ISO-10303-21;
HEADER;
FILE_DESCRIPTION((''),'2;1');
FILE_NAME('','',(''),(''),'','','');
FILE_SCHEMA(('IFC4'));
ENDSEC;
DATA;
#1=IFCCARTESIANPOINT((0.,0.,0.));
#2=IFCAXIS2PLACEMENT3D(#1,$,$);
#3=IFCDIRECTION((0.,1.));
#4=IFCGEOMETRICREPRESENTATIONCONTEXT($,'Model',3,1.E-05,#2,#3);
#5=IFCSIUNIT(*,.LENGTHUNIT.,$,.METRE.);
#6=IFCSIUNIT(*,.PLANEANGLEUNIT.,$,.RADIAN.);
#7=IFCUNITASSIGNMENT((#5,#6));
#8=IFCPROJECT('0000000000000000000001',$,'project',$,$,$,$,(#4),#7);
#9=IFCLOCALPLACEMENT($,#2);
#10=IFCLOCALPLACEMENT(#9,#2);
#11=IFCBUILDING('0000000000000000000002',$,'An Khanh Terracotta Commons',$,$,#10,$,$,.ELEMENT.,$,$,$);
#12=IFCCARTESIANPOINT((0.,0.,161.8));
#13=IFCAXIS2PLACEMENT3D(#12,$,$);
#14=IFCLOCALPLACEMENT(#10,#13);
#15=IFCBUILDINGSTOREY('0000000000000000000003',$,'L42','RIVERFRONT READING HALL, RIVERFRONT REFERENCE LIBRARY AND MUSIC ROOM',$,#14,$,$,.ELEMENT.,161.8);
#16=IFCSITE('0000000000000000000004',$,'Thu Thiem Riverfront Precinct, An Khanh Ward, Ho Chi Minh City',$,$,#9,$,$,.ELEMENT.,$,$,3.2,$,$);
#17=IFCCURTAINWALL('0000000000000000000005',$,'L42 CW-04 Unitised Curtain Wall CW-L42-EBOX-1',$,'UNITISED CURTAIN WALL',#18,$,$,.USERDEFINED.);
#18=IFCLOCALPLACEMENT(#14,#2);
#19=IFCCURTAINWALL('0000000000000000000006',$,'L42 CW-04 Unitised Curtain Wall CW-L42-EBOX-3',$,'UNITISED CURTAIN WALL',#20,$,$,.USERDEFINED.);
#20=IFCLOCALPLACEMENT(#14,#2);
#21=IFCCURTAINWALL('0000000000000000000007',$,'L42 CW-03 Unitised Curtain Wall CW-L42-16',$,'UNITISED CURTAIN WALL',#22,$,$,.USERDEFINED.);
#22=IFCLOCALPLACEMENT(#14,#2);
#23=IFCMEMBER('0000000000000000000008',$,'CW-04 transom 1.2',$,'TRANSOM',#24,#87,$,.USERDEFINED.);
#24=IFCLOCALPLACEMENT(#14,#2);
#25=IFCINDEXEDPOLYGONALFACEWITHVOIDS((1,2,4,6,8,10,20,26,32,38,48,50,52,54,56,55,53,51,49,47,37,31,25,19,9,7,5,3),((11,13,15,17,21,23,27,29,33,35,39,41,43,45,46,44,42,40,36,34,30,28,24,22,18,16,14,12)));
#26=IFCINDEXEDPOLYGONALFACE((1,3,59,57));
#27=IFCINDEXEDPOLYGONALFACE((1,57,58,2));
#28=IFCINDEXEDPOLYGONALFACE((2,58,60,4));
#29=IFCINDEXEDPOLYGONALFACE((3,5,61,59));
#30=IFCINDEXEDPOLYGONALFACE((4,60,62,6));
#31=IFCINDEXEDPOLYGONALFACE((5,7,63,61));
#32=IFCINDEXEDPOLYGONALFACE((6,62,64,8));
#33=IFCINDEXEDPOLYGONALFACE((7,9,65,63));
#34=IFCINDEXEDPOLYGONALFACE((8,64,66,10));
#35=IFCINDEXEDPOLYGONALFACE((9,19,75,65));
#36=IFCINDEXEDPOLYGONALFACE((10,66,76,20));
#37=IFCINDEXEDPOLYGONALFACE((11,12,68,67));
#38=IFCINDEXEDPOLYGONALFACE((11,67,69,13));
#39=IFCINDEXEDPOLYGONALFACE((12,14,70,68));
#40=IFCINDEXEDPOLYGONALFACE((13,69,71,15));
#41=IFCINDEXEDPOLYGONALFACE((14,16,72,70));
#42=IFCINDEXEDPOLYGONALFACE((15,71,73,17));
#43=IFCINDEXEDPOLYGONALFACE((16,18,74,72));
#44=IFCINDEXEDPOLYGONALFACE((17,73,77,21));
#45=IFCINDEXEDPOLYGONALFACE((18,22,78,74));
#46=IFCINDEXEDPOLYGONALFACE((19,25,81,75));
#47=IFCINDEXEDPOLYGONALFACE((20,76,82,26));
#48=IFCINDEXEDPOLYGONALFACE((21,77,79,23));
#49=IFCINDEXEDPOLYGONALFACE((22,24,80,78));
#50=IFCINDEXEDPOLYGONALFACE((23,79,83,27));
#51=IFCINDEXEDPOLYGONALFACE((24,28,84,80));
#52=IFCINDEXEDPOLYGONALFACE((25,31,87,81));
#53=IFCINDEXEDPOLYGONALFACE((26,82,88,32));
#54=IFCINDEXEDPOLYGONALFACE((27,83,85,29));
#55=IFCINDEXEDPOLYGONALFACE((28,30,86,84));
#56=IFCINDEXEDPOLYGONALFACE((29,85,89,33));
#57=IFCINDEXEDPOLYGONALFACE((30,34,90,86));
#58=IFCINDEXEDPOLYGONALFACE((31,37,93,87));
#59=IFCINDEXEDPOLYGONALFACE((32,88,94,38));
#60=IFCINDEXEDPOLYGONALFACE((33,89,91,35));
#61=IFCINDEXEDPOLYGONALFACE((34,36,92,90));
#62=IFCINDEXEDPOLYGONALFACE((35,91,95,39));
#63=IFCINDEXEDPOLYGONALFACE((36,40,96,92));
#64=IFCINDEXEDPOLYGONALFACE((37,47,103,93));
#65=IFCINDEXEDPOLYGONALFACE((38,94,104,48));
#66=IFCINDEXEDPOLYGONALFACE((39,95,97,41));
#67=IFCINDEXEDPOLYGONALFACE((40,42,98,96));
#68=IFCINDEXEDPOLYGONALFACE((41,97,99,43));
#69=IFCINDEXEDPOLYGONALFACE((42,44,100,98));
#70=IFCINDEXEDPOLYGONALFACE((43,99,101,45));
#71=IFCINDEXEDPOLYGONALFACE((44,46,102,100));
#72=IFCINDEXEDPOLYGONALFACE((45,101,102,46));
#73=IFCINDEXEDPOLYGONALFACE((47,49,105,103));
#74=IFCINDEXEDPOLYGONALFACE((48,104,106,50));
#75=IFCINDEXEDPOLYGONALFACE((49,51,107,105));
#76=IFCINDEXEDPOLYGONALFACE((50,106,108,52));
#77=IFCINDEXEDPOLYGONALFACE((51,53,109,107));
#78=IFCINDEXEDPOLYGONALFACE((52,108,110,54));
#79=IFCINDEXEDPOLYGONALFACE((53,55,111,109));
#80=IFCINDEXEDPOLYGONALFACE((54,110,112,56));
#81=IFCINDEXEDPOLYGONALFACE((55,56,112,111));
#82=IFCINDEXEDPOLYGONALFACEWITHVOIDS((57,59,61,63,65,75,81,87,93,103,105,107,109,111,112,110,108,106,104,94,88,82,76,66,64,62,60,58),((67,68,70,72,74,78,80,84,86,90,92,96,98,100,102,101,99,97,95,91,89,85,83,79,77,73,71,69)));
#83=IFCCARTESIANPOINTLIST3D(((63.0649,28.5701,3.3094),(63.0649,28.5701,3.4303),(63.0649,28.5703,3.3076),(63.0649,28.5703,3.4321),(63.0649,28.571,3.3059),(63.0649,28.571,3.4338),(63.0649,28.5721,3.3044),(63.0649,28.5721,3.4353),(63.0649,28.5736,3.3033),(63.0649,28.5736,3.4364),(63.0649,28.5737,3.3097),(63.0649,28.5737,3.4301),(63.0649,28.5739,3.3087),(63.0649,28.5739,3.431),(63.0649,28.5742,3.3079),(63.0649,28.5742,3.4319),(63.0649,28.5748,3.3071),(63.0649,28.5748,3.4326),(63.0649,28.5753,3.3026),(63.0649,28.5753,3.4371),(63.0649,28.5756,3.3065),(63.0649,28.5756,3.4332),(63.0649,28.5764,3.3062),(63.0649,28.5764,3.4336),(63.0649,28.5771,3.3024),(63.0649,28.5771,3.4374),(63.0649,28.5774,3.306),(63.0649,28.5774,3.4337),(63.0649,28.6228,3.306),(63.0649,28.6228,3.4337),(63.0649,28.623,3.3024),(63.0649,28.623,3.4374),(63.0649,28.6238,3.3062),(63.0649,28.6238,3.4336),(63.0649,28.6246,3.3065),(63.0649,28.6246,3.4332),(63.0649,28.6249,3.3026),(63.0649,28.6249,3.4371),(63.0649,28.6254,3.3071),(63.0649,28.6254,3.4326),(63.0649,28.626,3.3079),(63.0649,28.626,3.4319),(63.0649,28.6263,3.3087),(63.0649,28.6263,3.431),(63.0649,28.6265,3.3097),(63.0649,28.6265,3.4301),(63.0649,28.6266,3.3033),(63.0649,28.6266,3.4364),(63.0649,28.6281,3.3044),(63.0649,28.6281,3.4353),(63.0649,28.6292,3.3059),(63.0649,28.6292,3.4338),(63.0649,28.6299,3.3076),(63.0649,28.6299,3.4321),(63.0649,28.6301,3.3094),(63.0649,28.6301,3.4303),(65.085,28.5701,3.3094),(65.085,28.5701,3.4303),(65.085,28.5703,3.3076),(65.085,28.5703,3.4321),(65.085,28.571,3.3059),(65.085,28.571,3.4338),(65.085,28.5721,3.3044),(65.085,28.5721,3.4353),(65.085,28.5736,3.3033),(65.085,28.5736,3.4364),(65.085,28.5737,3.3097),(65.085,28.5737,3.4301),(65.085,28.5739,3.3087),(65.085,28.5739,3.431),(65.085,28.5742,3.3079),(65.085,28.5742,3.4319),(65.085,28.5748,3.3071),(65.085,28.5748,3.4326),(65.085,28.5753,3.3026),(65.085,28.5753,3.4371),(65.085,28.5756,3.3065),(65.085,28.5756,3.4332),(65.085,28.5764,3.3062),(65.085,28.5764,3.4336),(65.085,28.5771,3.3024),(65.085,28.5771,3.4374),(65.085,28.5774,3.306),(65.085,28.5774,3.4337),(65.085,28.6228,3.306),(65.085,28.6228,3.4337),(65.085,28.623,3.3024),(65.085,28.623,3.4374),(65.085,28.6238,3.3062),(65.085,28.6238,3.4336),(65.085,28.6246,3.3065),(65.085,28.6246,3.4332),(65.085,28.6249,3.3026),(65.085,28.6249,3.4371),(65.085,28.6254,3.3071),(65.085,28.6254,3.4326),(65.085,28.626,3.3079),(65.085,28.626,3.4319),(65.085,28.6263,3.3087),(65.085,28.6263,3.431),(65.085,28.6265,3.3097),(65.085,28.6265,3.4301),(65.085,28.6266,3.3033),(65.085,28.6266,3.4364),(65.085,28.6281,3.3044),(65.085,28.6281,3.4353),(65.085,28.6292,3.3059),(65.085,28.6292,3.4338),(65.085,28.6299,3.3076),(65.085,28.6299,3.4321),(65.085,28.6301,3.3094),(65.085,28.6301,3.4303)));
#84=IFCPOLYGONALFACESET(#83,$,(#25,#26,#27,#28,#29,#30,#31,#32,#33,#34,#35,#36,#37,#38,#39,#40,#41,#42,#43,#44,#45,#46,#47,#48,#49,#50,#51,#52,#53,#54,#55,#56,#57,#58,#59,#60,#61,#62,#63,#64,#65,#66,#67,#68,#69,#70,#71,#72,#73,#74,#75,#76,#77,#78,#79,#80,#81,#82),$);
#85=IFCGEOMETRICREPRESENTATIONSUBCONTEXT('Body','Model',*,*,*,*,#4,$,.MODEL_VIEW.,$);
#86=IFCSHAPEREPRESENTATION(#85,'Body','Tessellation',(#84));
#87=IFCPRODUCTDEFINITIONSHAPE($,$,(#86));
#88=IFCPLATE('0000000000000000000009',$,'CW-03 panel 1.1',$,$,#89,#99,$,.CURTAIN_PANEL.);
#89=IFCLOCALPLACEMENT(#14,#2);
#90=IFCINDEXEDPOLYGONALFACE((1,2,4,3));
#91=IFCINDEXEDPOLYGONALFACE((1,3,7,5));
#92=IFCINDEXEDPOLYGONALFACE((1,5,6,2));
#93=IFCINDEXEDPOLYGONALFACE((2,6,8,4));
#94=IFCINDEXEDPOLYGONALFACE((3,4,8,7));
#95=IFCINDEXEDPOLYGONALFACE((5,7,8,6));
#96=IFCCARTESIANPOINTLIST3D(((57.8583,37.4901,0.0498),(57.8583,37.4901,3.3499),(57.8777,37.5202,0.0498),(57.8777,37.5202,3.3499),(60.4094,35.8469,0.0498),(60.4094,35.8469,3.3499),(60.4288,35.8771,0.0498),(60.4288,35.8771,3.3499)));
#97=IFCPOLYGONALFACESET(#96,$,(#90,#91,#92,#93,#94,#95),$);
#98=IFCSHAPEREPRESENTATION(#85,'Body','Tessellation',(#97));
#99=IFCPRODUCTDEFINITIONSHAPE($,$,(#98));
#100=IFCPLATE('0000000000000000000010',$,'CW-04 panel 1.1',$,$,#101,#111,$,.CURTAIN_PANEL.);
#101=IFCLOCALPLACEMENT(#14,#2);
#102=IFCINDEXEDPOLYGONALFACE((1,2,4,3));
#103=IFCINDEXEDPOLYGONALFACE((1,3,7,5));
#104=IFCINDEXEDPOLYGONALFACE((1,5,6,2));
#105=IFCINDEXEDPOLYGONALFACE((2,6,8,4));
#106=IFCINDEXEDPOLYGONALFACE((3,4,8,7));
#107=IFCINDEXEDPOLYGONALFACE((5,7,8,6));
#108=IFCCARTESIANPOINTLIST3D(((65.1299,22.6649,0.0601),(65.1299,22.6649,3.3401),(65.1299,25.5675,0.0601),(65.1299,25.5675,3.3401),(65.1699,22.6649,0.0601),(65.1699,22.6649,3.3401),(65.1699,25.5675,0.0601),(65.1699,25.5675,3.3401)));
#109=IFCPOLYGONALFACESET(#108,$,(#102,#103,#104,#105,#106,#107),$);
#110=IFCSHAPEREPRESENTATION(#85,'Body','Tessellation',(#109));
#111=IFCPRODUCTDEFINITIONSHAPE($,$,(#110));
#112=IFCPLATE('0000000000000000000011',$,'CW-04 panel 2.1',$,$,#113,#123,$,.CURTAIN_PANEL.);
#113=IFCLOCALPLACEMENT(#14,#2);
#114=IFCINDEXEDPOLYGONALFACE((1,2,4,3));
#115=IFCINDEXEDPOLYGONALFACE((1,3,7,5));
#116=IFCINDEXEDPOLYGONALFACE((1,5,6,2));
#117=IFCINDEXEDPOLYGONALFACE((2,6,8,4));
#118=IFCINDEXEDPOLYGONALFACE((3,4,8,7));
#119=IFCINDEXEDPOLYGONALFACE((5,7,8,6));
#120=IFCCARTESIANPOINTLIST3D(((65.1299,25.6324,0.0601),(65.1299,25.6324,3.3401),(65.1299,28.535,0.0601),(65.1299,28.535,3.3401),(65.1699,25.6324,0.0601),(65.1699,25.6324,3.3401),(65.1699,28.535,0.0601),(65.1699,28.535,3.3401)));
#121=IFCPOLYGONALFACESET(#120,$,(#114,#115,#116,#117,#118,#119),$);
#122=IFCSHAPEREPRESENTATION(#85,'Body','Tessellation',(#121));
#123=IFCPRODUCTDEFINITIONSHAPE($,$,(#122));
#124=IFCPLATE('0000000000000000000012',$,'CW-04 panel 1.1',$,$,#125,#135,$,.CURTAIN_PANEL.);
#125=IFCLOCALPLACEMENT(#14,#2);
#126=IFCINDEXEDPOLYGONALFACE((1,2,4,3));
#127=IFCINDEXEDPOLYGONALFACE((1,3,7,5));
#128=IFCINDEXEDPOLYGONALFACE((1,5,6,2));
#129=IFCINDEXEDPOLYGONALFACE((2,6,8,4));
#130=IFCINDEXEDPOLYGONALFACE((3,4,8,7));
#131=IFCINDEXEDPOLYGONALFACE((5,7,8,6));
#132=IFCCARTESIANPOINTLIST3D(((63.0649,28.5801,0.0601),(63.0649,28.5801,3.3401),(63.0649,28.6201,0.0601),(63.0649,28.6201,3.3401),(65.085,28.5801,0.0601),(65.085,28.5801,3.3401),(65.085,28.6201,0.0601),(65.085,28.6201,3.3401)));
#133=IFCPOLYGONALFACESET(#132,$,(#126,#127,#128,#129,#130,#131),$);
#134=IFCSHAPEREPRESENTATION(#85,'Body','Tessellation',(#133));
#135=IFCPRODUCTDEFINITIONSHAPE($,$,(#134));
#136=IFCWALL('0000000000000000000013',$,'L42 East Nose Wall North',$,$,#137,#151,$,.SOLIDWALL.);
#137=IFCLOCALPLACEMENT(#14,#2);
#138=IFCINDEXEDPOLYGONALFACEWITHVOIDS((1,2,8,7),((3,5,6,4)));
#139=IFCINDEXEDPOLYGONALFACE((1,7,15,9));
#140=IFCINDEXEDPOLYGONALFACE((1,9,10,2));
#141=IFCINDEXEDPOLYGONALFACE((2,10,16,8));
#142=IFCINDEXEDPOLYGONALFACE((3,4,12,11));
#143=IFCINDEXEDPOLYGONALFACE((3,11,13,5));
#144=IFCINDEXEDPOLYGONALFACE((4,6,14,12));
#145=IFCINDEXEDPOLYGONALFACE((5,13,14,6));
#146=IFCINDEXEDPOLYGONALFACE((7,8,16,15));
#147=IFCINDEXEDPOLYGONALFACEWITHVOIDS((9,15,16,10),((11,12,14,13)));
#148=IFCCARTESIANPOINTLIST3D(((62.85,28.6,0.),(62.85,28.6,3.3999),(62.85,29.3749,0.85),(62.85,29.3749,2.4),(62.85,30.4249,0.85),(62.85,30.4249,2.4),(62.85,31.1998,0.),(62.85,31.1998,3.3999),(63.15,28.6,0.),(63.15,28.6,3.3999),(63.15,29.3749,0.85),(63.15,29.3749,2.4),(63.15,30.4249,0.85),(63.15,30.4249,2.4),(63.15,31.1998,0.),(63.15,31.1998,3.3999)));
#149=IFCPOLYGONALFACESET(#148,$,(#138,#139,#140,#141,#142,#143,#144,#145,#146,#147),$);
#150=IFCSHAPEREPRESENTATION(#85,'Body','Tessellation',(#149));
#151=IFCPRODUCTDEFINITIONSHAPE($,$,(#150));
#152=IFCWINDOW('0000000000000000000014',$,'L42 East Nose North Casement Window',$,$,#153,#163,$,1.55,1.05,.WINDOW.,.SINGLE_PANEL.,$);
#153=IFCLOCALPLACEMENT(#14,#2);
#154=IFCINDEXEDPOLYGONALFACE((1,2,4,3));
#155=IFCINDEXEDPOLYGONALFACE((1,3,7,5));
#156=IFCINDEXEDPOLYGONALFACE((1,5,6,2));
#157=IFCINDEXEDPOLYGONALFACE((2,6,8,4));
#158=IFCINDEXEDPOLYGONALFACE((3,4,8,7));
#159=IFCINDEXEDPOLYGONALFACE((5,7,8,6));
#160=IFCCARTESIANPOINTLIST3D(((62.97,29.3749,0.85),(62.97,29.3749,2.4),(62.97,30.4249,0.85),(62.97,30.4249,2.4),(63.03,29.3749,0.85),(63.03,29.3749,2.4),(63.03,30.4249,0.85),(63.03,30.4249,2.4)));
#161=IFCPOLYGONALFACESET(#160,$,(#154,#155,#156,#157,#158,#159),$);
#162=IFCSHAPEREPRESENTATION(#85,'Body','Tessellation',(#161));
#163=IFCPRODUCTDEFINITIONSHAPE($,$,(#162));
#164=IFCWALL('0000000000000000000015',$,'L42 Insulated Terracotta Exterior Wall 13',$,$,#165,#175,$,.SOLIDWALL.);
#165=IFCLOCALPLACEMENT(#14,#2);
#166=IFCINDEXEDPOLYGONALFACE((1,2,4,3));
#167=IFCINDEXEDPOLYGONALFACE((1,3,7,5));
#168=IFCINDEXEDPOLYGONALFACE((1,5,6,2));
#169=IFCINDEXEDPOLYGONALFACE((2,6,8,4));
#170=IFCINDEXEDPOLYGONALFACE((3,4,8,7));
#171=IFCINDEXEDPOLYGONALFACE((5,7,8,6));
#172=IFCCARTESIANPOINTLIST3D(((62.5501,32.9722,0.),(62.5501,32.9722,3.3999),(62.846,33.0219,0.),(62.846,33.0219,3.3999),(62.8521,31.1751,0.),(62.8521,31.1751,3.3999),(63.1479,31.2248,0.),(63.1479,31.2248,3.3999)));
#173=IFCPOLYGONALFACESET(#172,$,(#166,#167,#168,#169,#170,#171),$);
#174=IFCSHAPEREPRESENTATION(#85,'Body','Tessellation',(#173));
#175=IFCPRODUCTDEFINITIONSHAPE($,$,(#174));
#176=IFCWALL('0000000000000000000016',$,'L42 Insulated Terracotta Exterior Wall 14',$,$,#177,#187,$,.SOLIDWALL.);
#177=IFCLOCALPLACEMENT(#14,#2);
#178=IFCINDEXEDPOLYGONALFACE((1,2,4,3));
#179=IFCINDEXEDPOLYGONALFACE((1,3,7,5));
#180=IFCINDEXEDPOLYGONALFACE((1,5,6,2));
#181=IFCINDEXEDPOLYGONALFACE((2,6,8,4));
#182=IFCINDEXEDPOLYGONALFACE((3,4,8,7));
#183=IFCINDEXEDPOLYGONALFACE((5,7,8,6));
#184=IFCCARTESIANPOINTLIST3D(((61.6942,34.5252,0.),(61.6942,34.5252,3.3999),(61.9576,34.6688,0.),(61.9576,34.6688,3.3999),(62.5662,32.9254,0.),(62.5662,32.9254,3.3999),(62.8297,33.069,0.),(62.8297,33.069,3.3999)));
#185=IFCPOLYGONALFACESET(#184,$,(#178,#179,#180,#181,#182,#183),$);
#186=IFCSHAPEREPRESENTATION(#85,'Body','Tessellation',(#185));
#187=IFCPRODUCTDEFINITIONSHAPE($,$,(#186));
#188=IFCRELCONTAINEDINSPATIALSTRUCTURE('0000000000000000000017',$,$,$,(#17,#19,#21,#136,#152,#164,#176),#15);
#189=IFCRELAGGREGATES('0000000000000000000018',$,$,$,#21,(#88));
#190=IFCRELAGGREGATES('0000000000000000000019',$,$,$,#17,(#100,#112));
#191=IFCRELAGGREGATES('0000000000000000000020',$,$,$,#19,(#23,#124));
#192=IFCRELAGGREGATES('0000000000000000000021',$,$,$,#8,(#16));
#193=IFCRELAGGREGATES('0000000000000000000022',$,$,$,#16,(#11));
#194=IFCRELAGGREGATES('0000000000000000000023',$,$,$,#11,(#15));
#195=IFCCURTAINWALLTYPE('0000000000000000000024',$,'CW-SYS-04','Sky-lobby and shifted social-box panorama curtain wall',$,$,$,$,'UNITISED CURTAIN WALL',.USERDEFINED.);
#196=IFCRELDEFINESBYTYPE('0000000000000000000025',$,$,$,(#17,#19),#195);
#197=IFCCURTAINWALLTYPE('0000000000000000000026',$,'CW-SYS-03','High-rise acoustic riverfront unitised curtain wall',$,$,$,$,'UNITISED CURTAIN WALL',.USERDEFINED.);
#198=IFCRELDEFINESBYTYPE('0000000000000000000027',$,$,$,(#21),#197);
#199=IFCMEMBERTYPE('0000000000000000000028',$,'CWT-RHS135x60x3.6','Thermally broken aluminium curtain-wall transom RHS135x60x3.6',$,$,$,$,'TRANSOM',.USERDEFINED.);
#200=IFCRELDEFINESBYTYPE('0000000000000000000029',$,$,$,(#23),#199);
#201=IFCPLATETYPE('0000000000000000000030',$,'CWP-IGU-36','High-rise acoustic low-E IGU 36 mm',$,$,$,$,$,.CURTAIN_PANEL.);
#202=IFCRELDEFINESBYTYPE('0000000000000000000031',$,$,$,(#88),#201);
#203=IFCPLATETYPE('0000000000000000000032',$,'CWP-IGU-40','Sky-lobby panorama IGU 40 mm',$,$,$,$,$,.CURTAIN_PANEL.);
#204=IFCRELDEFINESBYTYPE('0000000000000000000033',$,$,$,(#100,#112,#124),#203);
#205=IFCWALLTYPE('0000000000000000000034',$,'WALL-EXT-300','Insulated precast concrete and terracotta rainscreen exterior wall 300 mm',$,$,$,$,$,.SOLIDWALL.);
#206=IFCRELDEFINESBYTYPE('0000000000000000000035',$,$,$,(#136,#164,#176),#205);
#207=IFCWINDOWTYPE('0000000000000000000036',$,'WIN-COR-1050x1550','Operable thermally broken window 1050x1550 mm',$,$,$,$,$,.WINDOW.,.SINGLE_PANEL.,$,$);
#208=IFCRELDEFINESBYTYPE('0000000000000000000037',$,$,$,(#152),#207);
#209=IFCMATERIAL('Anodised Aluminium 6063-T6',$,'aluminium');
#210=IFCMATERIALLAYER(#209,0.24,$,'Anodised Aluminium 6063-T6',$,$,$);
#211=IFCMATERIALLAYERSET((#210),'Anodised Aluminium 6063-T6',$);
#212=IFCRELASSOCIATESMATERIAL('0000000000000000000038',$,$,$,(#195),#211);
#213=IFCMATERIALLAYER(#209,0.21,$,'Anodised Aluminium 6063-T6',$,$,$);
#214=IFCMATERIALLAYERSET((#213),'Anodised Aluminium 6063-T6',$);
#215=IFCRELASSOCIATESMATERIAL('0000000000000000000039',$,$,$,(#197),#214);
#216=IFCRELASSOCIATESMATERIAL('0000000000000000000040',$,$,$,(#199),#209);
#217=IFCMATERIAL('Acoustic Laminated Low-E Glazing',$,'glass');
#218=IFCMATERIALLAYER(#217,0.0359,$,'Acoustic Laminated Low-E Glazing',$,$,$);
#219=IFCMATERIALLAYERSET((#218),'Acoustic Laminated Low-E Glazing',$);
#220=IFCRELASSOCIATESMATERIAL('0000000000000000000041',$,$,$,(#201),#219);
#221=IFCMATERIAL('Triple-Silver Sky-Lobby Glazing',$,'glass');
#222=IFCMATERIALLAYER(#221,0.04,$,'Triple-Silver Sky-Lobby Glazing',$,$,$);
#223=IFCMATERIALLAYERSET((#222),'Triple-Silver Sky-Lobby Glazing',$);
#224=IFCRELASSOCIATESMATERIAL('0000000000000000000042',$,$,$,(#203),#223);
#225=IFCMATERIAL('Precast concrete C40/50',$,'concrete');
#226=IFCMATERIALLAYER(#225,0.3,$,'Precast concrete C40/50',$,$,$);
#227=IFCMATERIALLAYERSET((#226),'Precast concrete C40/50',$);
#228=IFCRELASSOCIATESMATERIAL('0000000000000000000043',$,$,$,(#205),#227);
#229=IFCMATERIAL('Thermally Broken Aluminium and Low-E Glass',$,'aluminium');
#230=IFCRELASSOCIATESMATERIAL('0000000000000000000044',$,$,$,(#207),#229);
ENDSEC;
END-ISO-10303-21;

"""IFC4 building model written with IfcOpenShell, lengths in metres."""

from ifc_helpers import new_model, si_unit, direction, frame, frame_2d, origin, origin_2d, place, context, subcontext, project, spatial, rectangle, hollow_rectangle, extrude, material, layer, layer_set, material_profile, profile_set, type_object, element, fill, aggregate, save


model = new_model("IFC4")

# Units and contexts
model_context = context("Model", 3, precision=1e-05, world=origin(), true_north=direction((0.0, 1.0)))
body_context = subcontext(model_context, "Body", "Model", "MODEL_VIEW")
ifc_project = project(units=[si_unit("LENGTHUNIT", "METRE"), si_unit("PLANEANGLEUNIT", "RADIAN")], contexts=[model_context])

# Site, building, storey
site_placement = place(None, origin())
site = spatial("IfcSite", under=ifc_project, at=site_placement, Name="Thu Thiem Riverfront Precinct, An Khanh Ward, Ho Chi Minh City", CompositionType="ELEMENT", RefElevation=3.2)
building_placement = place(site_placement, origin())
building = spatial("IfcBuilding", under=site, at=building_placement, Name="An Khanh Terracotta Commons", CompositionType="ELEMENT")
storey_placement = place(building_placement, frame((0.0, 0.0, 161.8)))
storey = spatial("IfcBuildingStorey", under=building, at=storey_placement, Name="L42", Description="RIVERFRONT READING HALL, RIVERFRONT REFERENCE LIBRARY AND MUSIC ROOM", CompositionType="ELEMENT", Elevation=161.8)

# Curtain walls
ifc_material_1 = material(Name="Anodised Aluminium 6063-T6", Category="aluminium")
ifc_layer_1 = layer(ifc_material_1, 0.24, Name="Anodised Aluminium 6063-T6")
ifc_layer_set_1 = layer_set([ifc_layer_1], Name="Anodised Aluminium 6063-T6")
curtain_wall_type_1 = type_object("IfcCurtainWallType", Name="CW-SYS-04", Description="Sky-lobby and shifted social-box panorama curtain wall", ElementType="UNITISED CURTAIN WALL", PredefinedType="USERDEFINED", material=ifc_layer_set_1)
curtain_wall_1_placement = place(storey_placement, origin())
curtain_wall_1 = element("IfcCurtainWall", 1, at=curtain_wall_1_placement, inside=storey, type_object=curtain_wall_type_1, Name="L42 CW-04 Unitised Curtain Wall CW-L42-EBOX-1", ObjectType="UNITISED CURTAIN WALL", PredefinedType="USERDEFINED")
curtain_wall_2_placement = place(storey_placement, origin())
curtain_wall_2 = element("IfcCurtainWall", 2, at=curtain_wall_2_placement, inside=storey, type_object=curtain_wall_type_1, Name="L42 CW-04 Unitised Curtain Wall CW-L42-EBOX-3", ObjectType="UNITISED CURTAIN WALL", PredefinedType="USERDEFINED")
ifc_layer_2 = layer(ifc_material_1, 0.21, Name="Anodised Aluminium 6063-T6")
ifc_layer_set_2 = layer_set([ifc_layer_2], Name="Anodised Aluminium 6063-T6")
curtain_wall_type_2 = type_object("IfcCurtainWallType", Name="CW-SYS-03", Description="High-rise acoustic riverfront unitised curtain wall", ElementType="UNITISED CURTAIN WALL", PredefinedType="USERDEFINED", material=ifc_layer_set_2)
curtain_wall_3_placement = place(storey_placement, origin())
curtain_wall_3 = element("IfcCurtainWall", 3, at=curtain_wall_3_placement, inside=storey, type_object=curtain_wall_type_2, Name="L42 CW-03 Unitised Curtain Wall CW-L42-16", ObjectType="UNITISED CURTAIN WALL", PredefinedType="USERDEFINED")

# Member
ifc_material_profile_1 = material_profile(ifc_material_1, hollow_rectangle(XDim=0.0601, YDim=0.135, WallThickness=0.0037, InnerFilletRadius=0.0037, OuterFilletRadius=0.0071, at=origin_2d()), Name="RHS135x60x3.6")
ifc_profile_set_1 = profile_set([ifc_material_profile_1], Name="Anodised Aluminium 6063-T6")
member_type_1 = type_object("IfcMemberType", Name="CWT-RHS135x60x3.6", Description="Thermally broken aluminium curtain-wall transom RHS135x60x3.6", ElementType="TRANSOM", PredefinedType="USERDEFINED", material=ifc_profile_set_1)
member_1_placement = place(storey_placement, frame((65.085, 28.6001, 3.3699), z_axis=(-1.0, 0.0, 0.0), x_axis=(0.0, -1.0, 0.0)))
member_1 = element("IfcMember", 4, at=member_1_placement, type_object=member_type_1, Name="CW-04 transom 1.2", ObjectType="TRANSOM", PredefinedType="USERDEFINED", context=body_context, shape_type="SweptSolid", body=[
    extrude(hollow_rectangle(XDim=0.0601, YDim=0.135, WallThickness=0.0037, InnerFilletRadius=0.0037, OuterFilletRadius=0.0071, at=origin_2d()), origin(), (0.0, 0.0, 1.0), 2.02),
])

# Plates
ifc_material_2 = material(Name="Acoustic Laminated Low-E Glazing", Category="glass")
ifc_layer_3 = layer(ifc_material_2, 0.0359, Name="Acoustic Laminated Low-E Glazing")
ifc_layer_set_3 = layer_set([ifc_layer_3], Name="Acoustic Laminated Low-E Glazing")
plate_type_1 = type_object("IfcPlateType", Name="CWP-IGU-36", Description="High-rise acoustic low-E IGU 36 mm", PredefinedType="CURTAIN_PANEL", material=ifc_layer_set_3)
plate_1_placement = place(storey_placement, frame((59.1436, 36.6836, 0.0498), z_axis=(0.0, 0.0, 1.0), x_axis=(-0.840702, 0.541498, 0.0)))
plate_1 = element("IfcPlate", 5, at=plate_1_placement, type_object=plate_type_1, Name="CW-03 panel 1.1", PredefinedType="CURTAIN_PANEL", context=body_context, shape_type="SweptSolid", body=[
    extrude(rectangle(XDim=3.0344, YDim=0.0359, at=origin_2d()), origin(), (0.0, 0.0, 1.0), 3.3),
])
aggregate(curtain_wall_3, [plate_1])
ifc_material_3 = material(Name="Triple-Silver Sky-Lobby Glazing", Category="glass")
ifc_layer_4 = layer(ifc_material_3, 0.04, Name="Triple-Silver Sky-Lobby Glazing")
ifc_layer_set_4 = layer_set([ifc_layer_4], Name="Triple-Silver Sky-Lobby Glazing")
plate_type_2 = type_object("IfcPlateType", Name="CWP-IGU-40", Description="Sky-lobby panorama IGU 40 mm", PredefinedType="CURTAIN_PANEL", material=ifc_layer_set_4)
plate_2_placement = place(storey_placement, frame((65.1499, 24.1162, 0.0601), z_axis=(0.0, 0.0, 1.0), x_axis=(0.0, 1.0, 0.0)))
plate_2 = element("IfcPlate", 6, at=plate_2_placement, type_object=plate_type_2, Name="CW-04 panel 1.1", PredefinedType="CURTAIN_PANEL", context=body_context, shape_type="SweptSolid", body=[
    extrude(rectangle(XDim=2.9026, YDim=0.04, at=origin_2d()), origin(), (0.0, 0.0, 1.0), 3.28),
])
plate_3_placement = place(storey_placement, frame((65.1499, 27.0837, 0.0601), z_axis=(0.0, 0.0, 1.0), x_axis=(0.0, 1.0, 0.0)))
plate_3 = element("IfcPlate", 7, at=plate_3_placement, type_object=plate_type_2, Name="CW-04 panel 2.1", PredefinedType="CURTAIN_PANEL", context=body_context, shape_type="SweptSolid", body=[
    extrude(rectangle(XDim=2.9026, YDim=0.04, at=origin_2d()), origin(), (0.0, 0.0, 1.0), 3.28),
])
aggregate(curtain_wall_1, [plate_2, plate_3])
plate_4_placement = place(storey_placement, frame((64.075, 28.6001, 0.0601), z_axis=(0.0, 0.0, 1.0), x_axis=(-1.0, 0.0, 0.0)))
plate_4 = element("IfcPlate", 8, at=plate_4_placement, type_object=plate_type_2, Name="CW-04 panel 1.1", PredefinedType="CURTAIN_PANEL", context=body_context, shape_type="SweptSolid", body=[
    extrude(rectangle(XDim=2.02, YDim=0.04, at=origin_2d()), origin(), (0.0, 0.0, 1.0), 3.28),
])
aggregate(curtain_wall_2, [member_1, plate_4])

# Wall, opening, window
ifc_material_4 = material(Name="Precast concrete C40/50", Category="concrete")
ifc_layer_5 = layer(ifc_material_4, 0.3, Name="Precast concrete C40/50")
ifc_layer_set_5 = layer_set([ifc_layer_5], Name="Precast concrete C40/50")
wall_type = type_object("IfcWallType", Name="WALL-EXT-300", Description="Insulated precast concrete and terracotta rainscreen exterior wall 300 mm", PredefinedType="SOLIDWALL", material=ifc_layer_set_5)
wall_1_placement = place(storey_placement, frame((63.0, 28.6001, 0.0), z_axis=(0.0, 0.0, 1.0), x_axis=(0.0, 1.0, 0.0)))
wall_1 = element("IfcWall", 9, at=wall_1_placement, inside=storey, type_object=wall_type, Name="L42 East Nose Wall North", PredefinedType="SOLIDWALL", context=body_context, shape_type="SweptSolid", body=[
    extrude(rectangle(XDim=2.5999, YDim=0.3, at=frame_2d((1.2998, 0.0))), origin(), (0.0, 0.0, 1.0), 3.3999),
])
opening_placement = place(wall_1_placement, frame((0.7749, 0.0, 0.8501)))
opening = element("IfcOpeningElement", 10, at=opening_placement, cuts=wall_1, PredefinedType="OPENING", context=body_context, shape_type="SweptSolid", body=[
    extrude(rectangle(XDim=1.05, YDim=1.55, at=frame_2d((0.5249, 0.7749))), frame((0.0, 0.1599, 0.0), z_axis=(0.0, -1.0, 0.0), x_axis=(1.0, 0.0, 0.0)), (0.0, 0.0, 1.0), 0.3201),
])
ifc_material_5 = material(Name="Thermally Broken Aluminium and Low-E Glass", Category="aluminium")
window_type = type_object("IfcWindowType", Name="WIN-COR-1050x1550", Description="Operable thermally broken window 1050x1550 mm", PartitioningType="SINGLE_PANEL", PredefinedType="WINDOW", material=ifc_material_5)
window_placement = place(opening_placement, origin())
window = element("IfcWindow", 11, at=window_placement, inside=storey, type_object=window_type, Name="L42 East Nose North Casement Window", OverallHeight=1.55, OverallWidth=1.05, PartitioningType="SINGLE_PANEL", PredefinedType="WINDOW", context=body_context, shape_type="SweptSolid", body=[
    extrude(rectangle(XDim=1.05, YDim=1.55, at=frame_2d((0.5249, 0.7749))), frame((0.0, 0.03, 0.0), z_axis=(0.0, -1.0, 0.0), x_axis=(1.0, 0.0, 0.0)), (0.0, 0.0, 1.0), 0.0601),
])
fill(opening, window)

# Walls
wall_2_placement = place(storey_placement, frame((63.0, 31.2, 0.0), z_axis=(0.0, 0.0, 1.0), x_axis=(-0.165724, 0.986172, 0.0)))
element("IfcWall", 12, at=wall_2_placement, inside=storey, type_object=wall_type, Name="L42 Insulated Terracotta Exterior Wall 13", PredefinedType="SOLIDWALL", context=body_context, shape_type="SweptSolid", body=[
    extrude(rectangle(XDim=1.8223, YDim=0.3, at=frame_2d((0.9111, 0.0))), origin(), (0.0, 0.0, 1.0), 3.3999),
])
wall_3_placement = place(storey_placement, frame((62.698, 32.9971, 0.0), z_axis=(0.0, 0.0, 1.0), x_axis=(-0.478608, 0.878029, 0.0)))
element("IfcWall", 13, at=wall_3_placement, inside=storey, type_object=wall_type, Name="L42 Insulated Terracotta Exterior Wall 14", PredefinedType="SOLIDWALL", context=body_context, shape_type="SweptSolid", body=[
    extrude(rectangle(XDim=1.822, YDim=0.3, at=frame_2d((0.9111, 0.0))), origin(), (0.0, 0.0, 1.0), 3.3999),
])

save(model, "model.ifc")
